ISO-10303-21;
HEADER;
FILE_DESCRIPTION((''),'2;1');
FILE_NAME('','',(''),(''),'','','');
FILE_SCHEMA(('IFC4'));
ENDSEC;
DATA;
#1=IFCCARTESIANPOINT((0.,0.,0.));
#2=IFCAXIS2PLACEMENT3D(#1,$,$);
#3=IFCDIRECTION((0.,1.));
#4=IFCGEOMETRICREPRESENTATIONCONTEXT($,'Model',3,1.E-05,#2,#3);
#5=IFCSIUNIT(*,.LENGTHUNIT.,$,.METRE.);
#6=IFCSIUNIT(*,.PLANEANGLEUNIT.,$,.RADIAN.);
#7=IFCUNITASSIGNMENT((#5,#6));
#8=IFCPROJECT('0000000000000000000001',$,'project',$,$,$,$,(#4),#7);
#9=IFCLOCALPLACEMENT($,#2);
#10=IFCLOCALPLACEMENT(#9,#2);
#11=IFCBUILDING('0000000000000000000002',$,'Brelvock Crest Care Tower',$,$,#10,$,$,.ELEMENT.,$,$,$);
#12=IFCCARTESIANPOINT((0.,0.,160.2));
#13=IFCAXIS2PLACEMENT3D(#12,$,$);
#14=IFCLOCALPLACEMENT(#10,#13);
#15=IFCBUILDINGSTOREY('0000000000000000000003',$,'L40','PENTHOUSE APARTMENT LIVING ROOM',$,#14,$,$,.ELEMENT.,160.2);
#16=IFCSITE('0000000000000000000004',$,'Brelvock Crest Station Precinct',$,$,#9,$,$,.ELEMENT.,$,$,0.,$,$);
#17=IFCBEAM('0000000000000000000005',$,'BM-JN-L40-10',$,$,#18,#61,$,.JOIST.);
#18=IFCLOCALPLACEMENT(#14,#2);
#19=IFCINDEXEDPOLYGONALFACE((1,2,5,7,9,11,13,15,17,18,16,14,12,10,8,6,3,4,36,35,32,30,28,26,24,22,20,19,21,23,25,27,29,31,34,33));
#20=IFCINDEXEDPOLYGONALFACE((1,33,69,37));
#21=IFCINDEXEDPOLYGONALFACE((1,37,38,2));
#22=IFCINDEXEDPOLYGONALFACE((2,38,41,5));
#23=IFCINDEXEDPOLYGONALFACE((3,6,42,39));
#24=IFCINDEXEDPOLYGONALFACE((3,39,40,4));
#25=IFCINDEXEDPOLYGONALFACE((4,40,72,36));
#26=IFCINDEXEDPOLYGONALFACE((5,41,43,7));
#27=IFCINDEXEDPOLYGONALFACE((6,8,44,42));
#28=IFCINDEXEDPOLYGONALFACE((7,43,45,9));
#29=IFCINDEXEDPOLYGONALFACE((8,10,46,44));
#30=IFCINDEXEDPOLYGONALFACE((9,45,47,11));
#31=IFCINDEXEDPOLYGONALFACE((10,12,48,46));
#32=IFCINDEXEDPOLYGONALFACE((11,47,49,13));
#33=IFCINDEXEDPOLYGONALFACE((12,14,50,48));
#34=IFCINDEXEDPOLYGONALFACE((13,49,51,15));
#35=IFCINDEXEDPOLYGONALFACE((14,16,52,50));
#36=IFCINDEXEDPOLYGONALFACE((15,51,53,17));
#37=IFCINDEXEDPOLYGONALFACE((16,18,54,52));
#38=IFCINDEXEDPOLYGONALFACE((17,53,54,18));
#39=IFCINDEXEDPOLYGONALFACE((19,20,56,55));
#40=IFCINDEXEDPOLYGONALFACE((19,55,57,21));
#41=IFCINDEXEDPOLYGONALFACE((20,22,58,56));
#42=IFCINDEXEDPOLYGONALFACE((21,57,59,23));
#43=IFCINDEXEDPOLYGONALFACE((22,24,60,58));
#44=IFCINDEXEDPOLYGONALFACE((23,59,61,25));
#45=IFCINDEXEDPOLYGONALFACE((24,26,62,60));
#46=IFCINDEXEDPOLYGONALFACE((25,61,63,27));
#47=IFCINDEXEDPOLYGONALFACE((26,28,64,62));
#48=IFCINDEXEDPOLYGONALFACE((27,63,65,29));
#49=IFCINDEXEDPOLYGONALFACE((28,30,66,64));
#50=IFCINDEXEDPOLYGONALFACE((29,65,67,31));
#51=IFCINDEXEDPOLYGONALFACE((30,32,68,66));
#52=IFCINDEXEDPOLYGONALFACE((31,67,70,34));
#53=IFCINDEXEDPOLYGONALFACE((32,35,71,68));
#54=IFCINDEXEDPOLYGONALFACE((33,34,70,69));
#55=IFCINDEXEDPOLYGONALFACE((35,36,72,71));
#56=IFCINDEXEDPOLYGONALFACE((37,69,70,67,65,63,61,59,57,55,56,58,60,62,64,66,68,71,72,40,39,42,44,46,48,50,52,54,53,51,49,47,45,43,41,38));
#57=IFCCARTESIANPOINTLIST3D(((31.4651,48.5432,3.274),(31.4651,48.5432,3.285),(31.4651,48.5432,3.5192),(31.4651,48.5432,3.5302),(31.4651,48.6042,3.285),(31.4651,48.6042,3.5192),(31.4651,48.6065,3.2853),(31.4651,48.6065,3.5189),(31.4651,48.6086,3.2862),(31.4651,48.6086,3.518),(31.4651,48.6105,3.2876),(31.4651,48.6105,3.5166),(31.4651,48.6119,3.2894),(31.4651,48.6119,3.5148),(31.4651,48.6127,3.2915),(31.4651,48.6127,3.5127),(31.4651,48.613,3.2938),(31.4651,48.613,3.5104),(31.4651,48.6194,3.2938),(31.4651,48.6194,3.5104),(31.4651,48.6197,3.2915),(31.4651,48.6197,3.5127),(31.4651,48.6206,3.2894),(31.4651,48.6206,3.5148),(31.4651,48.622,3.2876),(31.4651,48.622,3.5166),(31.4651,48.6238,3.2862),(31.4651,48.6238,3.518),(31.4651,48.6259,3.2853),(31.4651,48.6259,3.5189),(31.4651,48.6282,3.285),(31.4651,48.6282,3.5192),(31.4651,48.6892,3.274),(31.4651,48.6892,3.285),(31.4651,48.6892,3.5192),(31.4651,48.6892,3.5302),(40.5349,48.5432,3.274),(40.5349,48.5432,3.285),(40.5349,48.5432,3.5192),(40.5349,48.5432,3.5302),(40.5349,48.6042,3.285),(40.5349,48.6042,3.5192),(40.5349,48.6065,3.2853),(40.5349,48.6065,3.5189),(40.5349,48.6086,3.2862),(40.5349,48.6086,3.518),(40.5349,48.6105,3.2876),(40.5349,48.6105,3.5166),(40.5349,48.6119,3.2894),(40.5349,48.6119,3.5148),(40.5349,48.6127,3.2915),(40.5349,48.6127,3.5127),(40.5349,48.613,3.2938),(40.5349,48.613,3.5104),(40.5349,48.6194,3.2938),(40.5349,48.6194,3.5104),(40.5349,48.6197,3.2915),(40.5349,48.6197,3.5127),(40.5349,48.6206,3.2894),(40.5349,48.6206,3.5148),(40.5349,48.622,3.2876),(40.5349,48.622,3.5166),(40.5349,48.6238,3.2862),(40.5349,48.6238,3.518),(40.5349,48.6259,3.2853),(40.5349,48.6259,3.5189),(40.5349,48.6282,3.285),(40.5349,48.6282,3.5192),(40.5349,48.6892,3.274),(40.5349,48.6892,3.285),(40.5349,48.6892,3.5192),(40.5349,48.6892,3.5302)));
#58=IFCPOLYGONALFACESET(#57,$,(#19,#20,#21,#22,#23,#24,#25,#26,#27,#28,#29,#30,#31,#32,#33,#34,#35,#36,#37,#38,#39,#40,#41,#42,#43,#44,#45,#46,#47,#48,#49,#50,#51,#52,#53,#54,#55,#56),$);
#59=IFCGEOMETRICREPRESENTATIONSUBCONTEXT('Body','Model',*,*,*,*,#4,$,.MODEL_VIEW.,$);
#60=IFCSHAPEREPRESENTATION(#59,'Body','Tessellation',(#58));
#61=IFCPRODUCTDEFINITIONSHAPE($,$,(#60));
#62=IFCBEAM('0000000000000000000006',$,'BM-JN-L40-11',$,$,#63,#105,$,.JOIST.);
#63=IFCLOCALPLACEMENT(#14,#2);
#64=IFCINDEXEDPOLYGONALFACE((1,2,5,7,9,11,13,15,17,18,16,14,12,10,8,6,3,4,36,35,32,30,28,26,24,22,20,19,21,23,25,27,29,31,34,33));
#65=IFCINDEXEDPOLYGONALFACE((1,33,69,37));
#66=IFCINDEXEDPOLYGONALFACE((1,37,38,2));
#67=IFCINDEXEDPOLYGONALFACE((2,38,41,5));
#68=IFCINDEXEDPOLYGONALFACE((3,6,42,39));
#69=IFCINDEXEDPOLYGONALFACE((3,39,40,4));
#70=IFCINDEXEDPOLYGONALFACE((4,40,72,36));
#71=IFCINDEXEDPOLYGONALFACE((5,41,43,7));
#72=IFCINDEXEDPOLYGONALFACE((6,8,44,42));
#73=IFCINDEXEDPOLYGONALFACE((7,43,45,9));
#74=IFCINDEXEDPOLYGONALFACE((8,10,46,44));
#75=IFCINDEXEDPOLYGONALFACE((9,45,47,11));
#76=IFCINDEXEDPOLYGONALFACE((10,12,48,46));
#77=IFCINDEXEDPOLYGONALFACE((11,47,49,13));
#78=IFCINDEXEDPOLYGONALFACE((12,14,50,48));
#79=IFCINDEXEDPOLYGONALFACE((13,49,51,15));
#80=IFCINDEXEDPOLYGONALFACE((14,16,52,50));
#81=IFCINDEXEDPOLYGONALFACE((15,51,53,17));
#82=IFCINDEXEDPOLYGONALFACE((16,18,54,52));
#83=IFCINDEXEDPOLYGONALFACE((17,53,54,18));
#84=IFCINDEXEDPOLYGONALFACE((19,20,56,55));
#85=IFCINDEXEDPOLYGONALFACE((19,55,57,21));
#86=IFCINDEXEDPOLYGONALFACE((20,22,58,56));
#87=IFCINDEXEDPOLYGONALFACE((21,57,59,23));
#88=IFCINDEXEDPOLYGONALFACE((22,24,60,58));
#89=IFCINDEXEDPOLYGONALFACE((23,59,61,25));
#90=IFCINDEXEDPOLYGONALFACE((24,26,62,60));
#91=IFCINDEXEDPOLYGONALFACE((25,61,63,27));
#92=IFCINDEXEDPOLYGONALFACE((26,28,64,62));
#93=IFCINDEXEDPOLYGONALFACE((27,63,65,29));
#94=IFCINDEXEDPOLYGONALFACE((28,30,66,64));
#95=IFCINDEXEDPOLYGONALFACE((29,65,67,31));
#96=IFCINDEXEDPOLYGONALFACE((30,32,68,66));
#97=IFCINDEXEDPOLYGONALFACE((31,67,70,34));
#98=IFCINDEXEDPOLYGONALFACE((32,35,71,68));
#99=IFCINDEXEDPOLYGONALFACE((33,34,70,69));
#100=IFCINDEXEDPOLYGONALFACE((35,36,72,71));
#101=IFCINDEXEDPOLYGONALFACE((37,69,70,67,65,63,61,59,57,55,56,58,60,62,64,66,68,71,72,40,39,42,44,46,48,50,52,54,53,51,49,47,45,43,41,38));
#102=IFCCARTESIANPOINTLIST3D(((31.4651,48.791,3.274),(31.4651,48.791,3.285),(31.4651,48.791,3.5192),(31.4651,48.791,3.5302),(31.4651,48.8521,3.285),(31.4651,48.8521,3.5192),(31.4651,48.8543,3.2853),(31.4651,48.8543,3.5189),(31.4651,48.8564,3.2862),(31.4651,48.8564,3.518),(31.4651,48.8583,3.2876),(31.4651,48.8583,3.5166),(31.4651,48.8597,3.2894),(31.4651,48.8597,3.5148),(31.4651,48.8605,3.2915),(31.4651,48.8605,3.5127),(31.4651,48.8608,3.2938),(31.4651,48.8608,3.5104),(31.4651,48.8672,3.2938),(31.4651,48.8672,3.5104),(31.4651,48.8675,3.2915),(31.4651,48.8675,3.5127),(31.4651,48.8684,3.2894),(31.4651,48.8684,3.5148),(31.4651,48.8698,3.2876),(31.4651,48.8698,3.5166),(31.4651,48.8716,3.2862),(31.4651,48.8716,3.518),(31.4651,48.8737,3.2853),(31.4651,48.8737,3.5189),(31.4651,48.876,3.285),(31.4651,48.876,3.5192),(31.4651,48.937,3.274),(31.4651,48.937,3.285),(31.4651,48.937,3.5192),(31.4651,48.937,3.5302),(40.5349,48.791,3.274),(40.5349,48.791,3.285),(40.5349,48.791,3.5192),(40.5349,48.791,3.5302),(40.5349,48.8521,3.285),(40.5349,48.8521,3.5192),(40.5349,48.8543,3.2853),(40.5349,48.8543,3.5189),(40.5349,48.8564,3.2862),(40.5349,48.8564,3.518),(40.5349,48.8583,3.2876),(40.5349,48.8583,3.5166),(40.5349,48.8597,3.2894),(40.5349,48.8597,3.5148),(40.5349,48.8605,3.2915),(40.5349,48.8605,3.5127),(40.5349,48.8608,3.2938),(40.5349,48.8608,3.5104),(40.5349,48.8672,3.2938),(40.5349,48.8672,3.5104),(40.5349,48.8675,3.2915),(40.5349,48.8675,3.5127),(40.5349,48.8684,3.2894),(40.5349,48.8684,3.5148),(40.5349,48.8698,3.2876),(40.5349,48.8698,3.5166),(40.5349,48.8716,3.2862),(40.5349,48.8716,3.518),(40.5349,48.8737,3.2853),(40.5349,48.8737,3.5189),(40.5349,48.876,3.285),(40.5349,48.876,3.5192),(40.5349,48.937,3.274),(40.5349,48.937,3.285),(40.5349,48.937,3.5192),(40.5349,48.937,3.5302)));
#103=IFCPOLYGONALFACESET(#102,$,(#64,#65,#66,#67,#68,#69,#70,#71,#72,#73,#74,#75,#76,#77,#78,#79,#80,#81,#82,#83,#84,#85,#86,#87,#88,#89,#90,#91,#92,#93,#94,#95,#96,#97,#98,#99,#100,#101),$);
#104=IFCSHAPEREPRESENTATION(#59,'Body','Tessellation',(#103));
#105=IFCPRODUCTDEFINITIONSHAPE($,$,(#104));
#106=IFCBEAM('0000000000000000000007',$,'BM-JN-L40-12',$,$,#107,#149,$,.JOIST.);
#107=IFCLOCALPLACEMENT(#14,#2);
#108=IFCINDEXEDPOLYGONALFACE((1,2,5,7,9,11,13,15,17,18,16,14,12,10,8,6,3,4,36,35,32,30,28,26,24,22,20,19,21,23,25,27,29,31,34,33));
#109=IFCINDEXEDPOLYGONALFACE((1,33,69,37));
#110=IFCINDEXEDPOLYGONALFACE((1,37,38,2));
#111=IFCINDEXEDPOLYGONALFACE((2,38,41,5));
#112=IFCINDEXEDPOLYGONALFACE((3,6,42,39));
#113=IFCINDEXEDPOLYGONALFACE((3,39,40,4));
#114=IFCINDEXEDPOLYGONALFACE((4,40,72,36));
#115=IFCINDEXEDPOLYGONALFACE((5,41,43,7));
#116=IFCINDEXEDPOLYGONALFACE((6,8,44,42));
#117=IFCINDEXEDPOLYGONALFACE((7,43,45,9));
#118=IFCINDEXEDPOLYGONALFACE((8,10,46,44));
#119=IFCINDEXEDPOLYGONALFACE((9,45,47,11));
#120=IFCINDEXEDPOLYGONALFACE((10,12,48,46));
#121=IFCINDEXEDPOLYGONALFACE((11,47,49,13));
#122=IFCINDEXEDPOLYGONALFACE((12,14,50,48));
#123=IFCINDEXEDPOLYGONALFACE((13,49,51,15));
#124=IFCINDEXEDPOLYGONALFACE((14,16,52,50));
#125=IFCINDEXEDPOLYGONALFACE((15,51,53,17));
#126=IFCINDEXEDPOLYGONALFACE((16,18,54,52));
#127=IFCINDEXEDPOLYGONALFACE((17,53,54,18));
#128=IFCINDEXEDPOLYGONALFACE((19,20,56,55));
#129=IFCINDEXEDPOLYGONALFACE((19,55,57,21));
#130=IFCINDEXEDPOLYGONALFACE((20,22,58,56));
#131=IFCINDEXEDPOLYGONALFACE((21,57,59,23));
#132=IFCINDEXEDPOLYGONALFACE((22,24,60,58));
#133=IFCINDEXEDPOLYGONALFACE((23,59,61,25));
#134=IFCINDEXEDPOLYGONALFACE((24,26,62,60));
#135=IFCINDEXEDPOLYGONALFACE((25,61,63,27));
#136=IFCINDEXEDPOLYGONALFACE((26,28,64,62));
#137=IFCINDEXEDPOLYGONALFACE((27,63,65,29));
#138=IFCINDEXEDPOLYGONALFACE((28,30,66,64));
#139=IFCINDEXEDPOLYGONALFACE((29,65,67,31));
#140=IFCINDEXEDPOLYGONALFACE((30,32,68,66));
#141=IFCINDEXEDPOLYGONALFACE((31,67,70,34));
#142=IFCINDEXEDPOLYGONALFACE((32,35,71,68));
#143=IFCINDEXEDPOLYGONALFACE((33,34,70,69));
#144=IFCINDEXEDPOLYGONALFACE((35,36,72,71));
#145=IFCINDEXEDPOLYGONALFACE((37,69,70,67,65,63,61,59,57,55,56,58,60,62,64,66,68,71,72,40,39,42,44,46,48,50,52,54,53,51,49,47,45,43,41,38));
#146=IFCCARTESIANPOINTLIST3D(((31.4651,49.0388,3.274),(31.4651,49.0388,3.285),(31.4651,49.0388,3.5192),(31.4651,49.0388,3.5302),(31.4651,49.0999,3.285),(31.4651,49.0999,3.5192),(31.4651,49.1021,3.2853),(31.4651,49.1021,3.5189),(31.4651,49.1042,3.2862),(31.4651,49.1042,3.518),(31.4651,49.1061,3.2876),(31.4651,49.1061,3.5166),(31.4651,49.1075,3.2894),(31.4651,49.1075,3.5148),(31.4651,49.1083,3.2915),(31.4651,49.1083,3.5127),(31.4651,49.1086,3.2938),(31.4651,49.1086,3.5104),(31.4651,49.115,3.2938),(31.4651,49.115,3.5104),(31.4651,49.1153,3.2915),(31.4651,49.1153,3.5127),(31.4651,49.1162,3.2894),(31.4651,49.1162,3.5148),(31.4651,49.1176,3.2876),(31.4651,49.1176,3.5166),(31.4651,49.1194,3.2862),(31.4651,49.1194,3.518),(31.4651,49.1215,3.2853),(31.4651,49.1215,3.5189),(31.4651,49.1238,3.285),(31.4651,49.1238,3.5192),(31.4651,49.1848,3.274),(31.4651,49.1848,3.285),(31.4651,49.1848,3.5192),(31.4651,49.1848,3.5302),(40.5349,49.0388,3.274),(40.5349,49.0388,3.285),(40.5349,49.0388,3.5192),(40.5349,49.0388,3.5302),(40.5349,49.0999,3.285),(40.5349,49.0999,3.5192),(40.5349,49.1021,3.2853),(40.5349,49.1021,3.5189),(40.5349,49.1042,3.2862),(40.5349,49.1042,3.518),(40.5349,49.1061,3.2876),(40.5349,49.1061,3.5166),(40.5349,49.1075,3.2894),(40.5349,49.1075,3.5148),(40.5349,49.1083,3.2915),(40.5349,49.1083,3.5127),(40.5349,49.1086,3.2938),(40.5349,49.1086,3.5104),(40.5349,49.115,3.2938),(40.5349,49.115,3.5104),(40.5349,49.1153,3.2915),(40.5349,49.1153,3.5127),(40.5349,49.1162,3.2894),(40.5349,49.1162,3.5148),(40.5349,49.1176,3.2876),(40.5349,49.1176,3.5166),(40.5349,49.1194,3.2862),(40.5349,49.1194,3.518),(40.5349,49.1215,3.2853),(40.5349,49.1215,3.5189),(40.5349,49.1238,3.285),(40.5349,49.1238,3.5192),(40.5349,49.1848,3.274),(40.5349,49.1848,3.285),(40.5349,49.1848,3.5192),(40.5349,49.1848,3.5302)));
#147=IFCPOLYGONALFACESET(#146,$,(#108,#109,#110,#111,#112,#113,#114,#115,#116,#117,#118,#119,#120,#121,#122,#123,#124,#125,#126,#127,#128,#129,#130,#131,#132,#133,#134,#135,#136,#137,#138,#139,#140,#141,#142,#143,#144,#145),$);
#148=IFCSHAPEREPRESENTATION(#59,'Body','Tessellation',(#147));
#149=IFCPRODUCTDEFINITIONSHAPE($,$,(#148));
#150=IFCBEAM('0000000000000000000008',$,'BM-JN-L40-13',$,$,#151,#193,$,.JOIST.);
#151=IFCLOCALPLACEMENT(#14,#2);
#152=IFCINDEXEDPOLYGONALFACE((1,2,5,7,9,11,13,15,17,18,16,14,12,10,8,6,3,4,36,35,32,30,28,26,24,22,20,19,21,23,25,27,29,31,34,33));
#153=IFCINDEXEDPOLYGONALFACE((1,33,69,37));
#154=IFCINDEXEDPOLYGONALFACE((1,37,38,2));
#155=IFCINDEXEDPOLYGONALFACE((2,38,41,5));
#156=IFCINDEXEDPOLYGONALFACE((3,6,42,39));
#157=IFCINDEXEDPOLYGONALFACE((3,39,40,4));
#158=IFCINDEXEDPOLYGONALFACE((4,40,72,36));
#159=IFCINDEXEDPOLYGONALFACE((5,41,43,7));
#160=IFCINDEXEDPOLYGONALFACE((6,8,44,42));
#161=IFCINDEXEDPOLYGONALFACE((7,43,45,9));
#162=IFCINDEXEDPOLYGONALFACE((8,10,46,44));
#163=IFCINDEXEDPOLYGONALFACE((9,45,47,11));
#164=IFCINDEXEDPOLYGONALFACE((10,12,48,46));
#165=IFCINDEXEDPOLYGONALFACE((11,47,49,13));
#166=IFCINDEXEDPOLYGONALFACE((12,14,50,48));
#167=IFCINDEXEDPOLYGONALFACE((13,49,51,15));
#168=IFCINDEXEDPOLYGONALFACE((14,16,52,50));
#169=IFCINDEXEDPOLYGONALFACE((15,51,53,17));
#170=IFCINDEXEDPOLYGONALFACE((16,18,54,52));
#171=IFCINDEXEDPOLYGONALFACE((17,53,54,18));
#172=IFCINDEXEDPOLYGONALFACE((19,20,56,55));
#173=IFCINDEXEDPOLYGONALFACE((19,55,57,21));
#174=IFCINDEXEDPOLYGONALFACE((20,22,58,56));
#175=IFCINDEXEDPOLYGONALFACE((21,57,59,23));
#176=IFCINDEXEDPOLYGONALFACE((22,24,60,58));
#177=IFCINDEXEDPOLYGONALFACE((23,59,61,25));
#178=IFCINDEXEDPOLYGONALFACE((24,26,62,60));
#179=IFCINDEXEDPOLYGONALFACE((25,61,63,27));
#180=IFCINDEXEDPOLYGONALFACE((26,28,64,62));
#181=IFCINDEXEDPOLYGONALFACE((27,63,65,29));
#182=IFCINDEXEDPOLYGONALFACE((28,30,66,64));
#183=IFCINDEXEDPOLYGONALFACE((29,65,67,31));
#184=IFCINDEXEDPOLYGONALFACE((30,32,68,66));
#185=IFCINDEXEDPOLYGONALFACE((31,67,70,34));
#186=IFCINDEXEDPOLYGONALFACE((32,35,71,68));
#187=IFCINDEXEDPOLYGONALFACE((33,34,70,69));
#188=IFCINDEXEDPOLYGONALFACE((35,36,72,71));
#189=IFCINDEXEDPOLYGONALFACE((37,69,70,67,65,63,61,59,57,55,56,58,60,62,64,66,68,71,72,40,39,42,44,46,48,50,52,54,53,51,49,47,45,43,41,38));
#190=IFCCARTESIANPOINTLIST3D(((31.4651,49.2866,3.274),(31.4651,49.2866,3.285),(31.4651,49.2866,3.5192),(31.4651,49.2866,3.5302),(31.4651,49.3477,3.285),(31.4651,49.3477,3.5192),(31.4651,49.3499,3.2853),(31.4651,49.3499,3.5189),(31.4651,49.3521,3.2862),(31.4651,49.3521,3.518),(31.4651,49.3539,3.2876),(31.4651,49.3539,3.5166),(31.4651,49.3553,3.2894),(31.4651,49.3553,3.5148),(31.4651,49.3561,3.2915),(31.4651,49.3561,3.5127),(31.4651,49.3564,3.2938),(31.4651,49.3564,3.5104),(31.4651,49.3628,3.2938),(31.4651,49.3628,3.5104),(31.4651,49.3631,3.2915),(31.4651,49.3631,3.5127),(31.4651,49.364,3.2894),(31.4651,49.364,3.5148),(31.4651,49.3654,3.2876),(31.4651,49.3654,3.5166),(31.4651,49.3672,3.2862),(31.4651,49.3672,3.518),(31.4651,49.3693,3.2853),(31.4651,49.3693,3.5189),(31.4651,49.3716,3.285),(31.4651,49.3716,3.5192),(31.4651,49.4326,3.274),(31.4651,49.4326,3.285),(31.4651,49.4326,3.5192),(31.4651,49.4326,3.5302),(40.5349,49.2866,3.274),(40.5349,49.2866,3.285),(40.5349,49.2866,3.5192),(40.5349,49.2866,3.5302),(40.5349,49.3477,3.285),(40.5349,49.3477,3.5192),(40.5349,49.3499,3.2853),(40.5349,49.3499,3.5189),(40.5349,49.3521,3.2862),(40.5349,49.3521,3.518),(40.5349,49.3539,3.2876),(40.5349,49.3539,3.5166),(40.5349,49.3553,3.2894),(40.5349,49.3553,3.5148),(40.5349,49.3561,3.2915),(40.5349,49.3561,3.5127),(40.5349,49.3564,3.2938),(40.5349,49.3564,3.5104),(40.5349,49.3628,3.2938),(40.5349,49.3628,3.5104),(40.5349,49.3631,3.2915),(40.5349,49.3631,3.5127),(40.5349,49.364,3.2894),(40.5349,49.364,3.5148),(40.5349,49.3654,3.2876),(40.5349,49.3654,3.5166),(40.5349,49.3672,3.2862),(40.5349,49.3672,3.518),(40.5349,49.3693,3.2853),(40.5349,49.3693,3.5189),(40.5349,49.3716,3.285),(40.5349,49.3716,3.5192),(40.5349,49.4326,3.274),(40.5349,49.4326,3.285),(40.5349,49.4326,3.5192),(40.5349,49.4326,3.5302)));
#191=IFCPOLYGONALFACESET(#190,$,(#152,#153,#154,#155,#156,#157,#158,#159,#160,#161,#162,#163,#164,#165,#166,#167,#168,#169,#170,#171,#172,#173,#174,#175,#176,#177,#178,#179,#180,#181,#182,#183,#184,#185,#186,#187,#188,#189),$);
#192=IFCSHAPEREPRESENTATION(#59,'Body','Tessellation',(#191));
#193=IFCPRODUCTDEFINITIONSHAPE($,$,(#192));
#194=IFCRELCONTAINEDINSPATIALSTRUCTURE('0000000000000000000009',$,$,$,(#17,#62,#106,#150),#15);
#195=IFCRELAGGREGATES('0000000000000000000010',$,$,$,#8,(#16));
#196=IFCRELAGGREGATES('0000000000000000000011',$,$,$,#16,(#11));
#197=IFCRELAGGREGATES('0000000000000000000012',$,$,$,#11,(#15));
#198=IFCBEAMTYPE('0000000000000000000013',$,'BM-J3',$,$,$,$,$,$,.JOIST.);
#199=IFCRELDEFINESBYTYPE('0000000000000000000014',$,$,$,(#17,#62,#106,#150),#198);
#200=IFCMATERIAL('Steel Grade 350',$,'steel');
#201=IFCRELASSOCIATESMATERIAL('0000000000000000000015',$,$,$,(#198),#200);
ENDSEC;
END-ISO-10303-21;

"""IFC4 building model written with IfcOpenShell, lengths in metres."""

from ifc_helpers import new_model, si_unit, direction, frame, origin, origin_2d, place, context, subcontext, project, spatial, i_section, extrude, source, transform, mapped, material, material_profile, profile_set, type_object, element, save


model = new_model("IFC4")

# Units and contexts
model_context = context("Model", 3, precision=1e-05, world=origin(), true_north=direction((0.0, 1.0)))
body_context = subcontext(model_context, "Body", "Model", "MODEL_VIEW")
ifc_project = project(units=[si_unit("LENGTHUNIT", "METRE"), si_unit("PLANEANGLEUNIT", "RADIAN")], contexts=[model_context])

# Site, building, storey
site_placement = place(None, origin())
site = spatial("IfcSite", under=ifc_project, at=site_placement, Name="Brelvock Crest Station Precinct", CompositionType="ELEMENT", RefElevation=0.0)
building_placement = place(site_placement, origin())
building = spatial("IfcBuilding", under=site, at=building_placement, Name="Brelvock Crest Care Tower", CompositionType="ELEMENT")
storey_placement = place(building_placement, frame((0.0, 0.0, 160.2)))
storey = spatial("IfcBuildingStorey", under=building, at=storey_placement, Name="L40", Description="PENTHOUSE APARTMENT LIVING ROOM", CompositionType="ELEMENT", Elevation=160.2)

# Shared definitions
ifc_material_1 = material(Name="Steel Grade 350", Category="steel")

# Beams
ifc_material_profile_1 = material_profile(ifc_material_1, i_section(OverallWidth=0.146, OverallDepth=0.2561, WebThickness=0.0063, FlangeThickness=0.011, FilletRadius=0.0088, at=origin_2d()), Name="250UB37.3")
ifc_profile_set_1 = profile_set([ifc_material_profile_1], Name="Steel Grade 350")
beam_type_1 = type_object("IfcBeamType", Name="BM-J3", PredefinedType="JOIST", material=ifc_profile_set_1)
shared_shape_1 = source(origin(), body_context, "Body", "SweptSolid", [
    extrude(i_section(OverallWidth=0.146, OverallDepth=0.2561, WebThickness=0.0063, FlangeThickness=0.011, FilletRadius=0.0088, at=origin_2d()), origin(), (0.0, 0.0, 1.0), 9.0698),
])
for number, where, z_axis, x_axis, name in (
    (1, (31.4651, 48.6162, 3.4021), (1.0, 0.0, 0.0), (0.0, 1.0, 0.0), "BM-JN-L40-10"),
    (2, (31.4651, 48.864, 3.4021), (1.0, 0.0, 0.0), (0.0, 1.0, 0.0), "BM-JN-L40-11"),
    (3, (31.4651, 49.1118, 3.4021), (1.0, 0.0, 0.0), (0.0, 1.0, 0.0), "BM-JN-L40-12"),
    (4, (31.4651, 49.3596, 3.4021), (1.0, 0.0, 0.0), (0.0, 1.0, 0.0), "BM-JN-L40-13"),
):
    element("IfcBeam", number, at=place(storey_placement, frame(where, z_axis=z_axis, x_axis=x_axis)), inside=storey, type_object=beam_type_1, Name=name, PredefinedType="JOIST", context=body_context, shape_type="MappedRepresentation", body=[
        mapped(shared_shape_1, transform((0.0, 0.0, 0.0), x_axis=(1.0, 0.0, 0.0), y_axis=(0.0, 1.0, 0.0), z_axis=(0.0, 0.0, 1.0), scale=1.0)),
    ])

save(model, "model.ifc")
